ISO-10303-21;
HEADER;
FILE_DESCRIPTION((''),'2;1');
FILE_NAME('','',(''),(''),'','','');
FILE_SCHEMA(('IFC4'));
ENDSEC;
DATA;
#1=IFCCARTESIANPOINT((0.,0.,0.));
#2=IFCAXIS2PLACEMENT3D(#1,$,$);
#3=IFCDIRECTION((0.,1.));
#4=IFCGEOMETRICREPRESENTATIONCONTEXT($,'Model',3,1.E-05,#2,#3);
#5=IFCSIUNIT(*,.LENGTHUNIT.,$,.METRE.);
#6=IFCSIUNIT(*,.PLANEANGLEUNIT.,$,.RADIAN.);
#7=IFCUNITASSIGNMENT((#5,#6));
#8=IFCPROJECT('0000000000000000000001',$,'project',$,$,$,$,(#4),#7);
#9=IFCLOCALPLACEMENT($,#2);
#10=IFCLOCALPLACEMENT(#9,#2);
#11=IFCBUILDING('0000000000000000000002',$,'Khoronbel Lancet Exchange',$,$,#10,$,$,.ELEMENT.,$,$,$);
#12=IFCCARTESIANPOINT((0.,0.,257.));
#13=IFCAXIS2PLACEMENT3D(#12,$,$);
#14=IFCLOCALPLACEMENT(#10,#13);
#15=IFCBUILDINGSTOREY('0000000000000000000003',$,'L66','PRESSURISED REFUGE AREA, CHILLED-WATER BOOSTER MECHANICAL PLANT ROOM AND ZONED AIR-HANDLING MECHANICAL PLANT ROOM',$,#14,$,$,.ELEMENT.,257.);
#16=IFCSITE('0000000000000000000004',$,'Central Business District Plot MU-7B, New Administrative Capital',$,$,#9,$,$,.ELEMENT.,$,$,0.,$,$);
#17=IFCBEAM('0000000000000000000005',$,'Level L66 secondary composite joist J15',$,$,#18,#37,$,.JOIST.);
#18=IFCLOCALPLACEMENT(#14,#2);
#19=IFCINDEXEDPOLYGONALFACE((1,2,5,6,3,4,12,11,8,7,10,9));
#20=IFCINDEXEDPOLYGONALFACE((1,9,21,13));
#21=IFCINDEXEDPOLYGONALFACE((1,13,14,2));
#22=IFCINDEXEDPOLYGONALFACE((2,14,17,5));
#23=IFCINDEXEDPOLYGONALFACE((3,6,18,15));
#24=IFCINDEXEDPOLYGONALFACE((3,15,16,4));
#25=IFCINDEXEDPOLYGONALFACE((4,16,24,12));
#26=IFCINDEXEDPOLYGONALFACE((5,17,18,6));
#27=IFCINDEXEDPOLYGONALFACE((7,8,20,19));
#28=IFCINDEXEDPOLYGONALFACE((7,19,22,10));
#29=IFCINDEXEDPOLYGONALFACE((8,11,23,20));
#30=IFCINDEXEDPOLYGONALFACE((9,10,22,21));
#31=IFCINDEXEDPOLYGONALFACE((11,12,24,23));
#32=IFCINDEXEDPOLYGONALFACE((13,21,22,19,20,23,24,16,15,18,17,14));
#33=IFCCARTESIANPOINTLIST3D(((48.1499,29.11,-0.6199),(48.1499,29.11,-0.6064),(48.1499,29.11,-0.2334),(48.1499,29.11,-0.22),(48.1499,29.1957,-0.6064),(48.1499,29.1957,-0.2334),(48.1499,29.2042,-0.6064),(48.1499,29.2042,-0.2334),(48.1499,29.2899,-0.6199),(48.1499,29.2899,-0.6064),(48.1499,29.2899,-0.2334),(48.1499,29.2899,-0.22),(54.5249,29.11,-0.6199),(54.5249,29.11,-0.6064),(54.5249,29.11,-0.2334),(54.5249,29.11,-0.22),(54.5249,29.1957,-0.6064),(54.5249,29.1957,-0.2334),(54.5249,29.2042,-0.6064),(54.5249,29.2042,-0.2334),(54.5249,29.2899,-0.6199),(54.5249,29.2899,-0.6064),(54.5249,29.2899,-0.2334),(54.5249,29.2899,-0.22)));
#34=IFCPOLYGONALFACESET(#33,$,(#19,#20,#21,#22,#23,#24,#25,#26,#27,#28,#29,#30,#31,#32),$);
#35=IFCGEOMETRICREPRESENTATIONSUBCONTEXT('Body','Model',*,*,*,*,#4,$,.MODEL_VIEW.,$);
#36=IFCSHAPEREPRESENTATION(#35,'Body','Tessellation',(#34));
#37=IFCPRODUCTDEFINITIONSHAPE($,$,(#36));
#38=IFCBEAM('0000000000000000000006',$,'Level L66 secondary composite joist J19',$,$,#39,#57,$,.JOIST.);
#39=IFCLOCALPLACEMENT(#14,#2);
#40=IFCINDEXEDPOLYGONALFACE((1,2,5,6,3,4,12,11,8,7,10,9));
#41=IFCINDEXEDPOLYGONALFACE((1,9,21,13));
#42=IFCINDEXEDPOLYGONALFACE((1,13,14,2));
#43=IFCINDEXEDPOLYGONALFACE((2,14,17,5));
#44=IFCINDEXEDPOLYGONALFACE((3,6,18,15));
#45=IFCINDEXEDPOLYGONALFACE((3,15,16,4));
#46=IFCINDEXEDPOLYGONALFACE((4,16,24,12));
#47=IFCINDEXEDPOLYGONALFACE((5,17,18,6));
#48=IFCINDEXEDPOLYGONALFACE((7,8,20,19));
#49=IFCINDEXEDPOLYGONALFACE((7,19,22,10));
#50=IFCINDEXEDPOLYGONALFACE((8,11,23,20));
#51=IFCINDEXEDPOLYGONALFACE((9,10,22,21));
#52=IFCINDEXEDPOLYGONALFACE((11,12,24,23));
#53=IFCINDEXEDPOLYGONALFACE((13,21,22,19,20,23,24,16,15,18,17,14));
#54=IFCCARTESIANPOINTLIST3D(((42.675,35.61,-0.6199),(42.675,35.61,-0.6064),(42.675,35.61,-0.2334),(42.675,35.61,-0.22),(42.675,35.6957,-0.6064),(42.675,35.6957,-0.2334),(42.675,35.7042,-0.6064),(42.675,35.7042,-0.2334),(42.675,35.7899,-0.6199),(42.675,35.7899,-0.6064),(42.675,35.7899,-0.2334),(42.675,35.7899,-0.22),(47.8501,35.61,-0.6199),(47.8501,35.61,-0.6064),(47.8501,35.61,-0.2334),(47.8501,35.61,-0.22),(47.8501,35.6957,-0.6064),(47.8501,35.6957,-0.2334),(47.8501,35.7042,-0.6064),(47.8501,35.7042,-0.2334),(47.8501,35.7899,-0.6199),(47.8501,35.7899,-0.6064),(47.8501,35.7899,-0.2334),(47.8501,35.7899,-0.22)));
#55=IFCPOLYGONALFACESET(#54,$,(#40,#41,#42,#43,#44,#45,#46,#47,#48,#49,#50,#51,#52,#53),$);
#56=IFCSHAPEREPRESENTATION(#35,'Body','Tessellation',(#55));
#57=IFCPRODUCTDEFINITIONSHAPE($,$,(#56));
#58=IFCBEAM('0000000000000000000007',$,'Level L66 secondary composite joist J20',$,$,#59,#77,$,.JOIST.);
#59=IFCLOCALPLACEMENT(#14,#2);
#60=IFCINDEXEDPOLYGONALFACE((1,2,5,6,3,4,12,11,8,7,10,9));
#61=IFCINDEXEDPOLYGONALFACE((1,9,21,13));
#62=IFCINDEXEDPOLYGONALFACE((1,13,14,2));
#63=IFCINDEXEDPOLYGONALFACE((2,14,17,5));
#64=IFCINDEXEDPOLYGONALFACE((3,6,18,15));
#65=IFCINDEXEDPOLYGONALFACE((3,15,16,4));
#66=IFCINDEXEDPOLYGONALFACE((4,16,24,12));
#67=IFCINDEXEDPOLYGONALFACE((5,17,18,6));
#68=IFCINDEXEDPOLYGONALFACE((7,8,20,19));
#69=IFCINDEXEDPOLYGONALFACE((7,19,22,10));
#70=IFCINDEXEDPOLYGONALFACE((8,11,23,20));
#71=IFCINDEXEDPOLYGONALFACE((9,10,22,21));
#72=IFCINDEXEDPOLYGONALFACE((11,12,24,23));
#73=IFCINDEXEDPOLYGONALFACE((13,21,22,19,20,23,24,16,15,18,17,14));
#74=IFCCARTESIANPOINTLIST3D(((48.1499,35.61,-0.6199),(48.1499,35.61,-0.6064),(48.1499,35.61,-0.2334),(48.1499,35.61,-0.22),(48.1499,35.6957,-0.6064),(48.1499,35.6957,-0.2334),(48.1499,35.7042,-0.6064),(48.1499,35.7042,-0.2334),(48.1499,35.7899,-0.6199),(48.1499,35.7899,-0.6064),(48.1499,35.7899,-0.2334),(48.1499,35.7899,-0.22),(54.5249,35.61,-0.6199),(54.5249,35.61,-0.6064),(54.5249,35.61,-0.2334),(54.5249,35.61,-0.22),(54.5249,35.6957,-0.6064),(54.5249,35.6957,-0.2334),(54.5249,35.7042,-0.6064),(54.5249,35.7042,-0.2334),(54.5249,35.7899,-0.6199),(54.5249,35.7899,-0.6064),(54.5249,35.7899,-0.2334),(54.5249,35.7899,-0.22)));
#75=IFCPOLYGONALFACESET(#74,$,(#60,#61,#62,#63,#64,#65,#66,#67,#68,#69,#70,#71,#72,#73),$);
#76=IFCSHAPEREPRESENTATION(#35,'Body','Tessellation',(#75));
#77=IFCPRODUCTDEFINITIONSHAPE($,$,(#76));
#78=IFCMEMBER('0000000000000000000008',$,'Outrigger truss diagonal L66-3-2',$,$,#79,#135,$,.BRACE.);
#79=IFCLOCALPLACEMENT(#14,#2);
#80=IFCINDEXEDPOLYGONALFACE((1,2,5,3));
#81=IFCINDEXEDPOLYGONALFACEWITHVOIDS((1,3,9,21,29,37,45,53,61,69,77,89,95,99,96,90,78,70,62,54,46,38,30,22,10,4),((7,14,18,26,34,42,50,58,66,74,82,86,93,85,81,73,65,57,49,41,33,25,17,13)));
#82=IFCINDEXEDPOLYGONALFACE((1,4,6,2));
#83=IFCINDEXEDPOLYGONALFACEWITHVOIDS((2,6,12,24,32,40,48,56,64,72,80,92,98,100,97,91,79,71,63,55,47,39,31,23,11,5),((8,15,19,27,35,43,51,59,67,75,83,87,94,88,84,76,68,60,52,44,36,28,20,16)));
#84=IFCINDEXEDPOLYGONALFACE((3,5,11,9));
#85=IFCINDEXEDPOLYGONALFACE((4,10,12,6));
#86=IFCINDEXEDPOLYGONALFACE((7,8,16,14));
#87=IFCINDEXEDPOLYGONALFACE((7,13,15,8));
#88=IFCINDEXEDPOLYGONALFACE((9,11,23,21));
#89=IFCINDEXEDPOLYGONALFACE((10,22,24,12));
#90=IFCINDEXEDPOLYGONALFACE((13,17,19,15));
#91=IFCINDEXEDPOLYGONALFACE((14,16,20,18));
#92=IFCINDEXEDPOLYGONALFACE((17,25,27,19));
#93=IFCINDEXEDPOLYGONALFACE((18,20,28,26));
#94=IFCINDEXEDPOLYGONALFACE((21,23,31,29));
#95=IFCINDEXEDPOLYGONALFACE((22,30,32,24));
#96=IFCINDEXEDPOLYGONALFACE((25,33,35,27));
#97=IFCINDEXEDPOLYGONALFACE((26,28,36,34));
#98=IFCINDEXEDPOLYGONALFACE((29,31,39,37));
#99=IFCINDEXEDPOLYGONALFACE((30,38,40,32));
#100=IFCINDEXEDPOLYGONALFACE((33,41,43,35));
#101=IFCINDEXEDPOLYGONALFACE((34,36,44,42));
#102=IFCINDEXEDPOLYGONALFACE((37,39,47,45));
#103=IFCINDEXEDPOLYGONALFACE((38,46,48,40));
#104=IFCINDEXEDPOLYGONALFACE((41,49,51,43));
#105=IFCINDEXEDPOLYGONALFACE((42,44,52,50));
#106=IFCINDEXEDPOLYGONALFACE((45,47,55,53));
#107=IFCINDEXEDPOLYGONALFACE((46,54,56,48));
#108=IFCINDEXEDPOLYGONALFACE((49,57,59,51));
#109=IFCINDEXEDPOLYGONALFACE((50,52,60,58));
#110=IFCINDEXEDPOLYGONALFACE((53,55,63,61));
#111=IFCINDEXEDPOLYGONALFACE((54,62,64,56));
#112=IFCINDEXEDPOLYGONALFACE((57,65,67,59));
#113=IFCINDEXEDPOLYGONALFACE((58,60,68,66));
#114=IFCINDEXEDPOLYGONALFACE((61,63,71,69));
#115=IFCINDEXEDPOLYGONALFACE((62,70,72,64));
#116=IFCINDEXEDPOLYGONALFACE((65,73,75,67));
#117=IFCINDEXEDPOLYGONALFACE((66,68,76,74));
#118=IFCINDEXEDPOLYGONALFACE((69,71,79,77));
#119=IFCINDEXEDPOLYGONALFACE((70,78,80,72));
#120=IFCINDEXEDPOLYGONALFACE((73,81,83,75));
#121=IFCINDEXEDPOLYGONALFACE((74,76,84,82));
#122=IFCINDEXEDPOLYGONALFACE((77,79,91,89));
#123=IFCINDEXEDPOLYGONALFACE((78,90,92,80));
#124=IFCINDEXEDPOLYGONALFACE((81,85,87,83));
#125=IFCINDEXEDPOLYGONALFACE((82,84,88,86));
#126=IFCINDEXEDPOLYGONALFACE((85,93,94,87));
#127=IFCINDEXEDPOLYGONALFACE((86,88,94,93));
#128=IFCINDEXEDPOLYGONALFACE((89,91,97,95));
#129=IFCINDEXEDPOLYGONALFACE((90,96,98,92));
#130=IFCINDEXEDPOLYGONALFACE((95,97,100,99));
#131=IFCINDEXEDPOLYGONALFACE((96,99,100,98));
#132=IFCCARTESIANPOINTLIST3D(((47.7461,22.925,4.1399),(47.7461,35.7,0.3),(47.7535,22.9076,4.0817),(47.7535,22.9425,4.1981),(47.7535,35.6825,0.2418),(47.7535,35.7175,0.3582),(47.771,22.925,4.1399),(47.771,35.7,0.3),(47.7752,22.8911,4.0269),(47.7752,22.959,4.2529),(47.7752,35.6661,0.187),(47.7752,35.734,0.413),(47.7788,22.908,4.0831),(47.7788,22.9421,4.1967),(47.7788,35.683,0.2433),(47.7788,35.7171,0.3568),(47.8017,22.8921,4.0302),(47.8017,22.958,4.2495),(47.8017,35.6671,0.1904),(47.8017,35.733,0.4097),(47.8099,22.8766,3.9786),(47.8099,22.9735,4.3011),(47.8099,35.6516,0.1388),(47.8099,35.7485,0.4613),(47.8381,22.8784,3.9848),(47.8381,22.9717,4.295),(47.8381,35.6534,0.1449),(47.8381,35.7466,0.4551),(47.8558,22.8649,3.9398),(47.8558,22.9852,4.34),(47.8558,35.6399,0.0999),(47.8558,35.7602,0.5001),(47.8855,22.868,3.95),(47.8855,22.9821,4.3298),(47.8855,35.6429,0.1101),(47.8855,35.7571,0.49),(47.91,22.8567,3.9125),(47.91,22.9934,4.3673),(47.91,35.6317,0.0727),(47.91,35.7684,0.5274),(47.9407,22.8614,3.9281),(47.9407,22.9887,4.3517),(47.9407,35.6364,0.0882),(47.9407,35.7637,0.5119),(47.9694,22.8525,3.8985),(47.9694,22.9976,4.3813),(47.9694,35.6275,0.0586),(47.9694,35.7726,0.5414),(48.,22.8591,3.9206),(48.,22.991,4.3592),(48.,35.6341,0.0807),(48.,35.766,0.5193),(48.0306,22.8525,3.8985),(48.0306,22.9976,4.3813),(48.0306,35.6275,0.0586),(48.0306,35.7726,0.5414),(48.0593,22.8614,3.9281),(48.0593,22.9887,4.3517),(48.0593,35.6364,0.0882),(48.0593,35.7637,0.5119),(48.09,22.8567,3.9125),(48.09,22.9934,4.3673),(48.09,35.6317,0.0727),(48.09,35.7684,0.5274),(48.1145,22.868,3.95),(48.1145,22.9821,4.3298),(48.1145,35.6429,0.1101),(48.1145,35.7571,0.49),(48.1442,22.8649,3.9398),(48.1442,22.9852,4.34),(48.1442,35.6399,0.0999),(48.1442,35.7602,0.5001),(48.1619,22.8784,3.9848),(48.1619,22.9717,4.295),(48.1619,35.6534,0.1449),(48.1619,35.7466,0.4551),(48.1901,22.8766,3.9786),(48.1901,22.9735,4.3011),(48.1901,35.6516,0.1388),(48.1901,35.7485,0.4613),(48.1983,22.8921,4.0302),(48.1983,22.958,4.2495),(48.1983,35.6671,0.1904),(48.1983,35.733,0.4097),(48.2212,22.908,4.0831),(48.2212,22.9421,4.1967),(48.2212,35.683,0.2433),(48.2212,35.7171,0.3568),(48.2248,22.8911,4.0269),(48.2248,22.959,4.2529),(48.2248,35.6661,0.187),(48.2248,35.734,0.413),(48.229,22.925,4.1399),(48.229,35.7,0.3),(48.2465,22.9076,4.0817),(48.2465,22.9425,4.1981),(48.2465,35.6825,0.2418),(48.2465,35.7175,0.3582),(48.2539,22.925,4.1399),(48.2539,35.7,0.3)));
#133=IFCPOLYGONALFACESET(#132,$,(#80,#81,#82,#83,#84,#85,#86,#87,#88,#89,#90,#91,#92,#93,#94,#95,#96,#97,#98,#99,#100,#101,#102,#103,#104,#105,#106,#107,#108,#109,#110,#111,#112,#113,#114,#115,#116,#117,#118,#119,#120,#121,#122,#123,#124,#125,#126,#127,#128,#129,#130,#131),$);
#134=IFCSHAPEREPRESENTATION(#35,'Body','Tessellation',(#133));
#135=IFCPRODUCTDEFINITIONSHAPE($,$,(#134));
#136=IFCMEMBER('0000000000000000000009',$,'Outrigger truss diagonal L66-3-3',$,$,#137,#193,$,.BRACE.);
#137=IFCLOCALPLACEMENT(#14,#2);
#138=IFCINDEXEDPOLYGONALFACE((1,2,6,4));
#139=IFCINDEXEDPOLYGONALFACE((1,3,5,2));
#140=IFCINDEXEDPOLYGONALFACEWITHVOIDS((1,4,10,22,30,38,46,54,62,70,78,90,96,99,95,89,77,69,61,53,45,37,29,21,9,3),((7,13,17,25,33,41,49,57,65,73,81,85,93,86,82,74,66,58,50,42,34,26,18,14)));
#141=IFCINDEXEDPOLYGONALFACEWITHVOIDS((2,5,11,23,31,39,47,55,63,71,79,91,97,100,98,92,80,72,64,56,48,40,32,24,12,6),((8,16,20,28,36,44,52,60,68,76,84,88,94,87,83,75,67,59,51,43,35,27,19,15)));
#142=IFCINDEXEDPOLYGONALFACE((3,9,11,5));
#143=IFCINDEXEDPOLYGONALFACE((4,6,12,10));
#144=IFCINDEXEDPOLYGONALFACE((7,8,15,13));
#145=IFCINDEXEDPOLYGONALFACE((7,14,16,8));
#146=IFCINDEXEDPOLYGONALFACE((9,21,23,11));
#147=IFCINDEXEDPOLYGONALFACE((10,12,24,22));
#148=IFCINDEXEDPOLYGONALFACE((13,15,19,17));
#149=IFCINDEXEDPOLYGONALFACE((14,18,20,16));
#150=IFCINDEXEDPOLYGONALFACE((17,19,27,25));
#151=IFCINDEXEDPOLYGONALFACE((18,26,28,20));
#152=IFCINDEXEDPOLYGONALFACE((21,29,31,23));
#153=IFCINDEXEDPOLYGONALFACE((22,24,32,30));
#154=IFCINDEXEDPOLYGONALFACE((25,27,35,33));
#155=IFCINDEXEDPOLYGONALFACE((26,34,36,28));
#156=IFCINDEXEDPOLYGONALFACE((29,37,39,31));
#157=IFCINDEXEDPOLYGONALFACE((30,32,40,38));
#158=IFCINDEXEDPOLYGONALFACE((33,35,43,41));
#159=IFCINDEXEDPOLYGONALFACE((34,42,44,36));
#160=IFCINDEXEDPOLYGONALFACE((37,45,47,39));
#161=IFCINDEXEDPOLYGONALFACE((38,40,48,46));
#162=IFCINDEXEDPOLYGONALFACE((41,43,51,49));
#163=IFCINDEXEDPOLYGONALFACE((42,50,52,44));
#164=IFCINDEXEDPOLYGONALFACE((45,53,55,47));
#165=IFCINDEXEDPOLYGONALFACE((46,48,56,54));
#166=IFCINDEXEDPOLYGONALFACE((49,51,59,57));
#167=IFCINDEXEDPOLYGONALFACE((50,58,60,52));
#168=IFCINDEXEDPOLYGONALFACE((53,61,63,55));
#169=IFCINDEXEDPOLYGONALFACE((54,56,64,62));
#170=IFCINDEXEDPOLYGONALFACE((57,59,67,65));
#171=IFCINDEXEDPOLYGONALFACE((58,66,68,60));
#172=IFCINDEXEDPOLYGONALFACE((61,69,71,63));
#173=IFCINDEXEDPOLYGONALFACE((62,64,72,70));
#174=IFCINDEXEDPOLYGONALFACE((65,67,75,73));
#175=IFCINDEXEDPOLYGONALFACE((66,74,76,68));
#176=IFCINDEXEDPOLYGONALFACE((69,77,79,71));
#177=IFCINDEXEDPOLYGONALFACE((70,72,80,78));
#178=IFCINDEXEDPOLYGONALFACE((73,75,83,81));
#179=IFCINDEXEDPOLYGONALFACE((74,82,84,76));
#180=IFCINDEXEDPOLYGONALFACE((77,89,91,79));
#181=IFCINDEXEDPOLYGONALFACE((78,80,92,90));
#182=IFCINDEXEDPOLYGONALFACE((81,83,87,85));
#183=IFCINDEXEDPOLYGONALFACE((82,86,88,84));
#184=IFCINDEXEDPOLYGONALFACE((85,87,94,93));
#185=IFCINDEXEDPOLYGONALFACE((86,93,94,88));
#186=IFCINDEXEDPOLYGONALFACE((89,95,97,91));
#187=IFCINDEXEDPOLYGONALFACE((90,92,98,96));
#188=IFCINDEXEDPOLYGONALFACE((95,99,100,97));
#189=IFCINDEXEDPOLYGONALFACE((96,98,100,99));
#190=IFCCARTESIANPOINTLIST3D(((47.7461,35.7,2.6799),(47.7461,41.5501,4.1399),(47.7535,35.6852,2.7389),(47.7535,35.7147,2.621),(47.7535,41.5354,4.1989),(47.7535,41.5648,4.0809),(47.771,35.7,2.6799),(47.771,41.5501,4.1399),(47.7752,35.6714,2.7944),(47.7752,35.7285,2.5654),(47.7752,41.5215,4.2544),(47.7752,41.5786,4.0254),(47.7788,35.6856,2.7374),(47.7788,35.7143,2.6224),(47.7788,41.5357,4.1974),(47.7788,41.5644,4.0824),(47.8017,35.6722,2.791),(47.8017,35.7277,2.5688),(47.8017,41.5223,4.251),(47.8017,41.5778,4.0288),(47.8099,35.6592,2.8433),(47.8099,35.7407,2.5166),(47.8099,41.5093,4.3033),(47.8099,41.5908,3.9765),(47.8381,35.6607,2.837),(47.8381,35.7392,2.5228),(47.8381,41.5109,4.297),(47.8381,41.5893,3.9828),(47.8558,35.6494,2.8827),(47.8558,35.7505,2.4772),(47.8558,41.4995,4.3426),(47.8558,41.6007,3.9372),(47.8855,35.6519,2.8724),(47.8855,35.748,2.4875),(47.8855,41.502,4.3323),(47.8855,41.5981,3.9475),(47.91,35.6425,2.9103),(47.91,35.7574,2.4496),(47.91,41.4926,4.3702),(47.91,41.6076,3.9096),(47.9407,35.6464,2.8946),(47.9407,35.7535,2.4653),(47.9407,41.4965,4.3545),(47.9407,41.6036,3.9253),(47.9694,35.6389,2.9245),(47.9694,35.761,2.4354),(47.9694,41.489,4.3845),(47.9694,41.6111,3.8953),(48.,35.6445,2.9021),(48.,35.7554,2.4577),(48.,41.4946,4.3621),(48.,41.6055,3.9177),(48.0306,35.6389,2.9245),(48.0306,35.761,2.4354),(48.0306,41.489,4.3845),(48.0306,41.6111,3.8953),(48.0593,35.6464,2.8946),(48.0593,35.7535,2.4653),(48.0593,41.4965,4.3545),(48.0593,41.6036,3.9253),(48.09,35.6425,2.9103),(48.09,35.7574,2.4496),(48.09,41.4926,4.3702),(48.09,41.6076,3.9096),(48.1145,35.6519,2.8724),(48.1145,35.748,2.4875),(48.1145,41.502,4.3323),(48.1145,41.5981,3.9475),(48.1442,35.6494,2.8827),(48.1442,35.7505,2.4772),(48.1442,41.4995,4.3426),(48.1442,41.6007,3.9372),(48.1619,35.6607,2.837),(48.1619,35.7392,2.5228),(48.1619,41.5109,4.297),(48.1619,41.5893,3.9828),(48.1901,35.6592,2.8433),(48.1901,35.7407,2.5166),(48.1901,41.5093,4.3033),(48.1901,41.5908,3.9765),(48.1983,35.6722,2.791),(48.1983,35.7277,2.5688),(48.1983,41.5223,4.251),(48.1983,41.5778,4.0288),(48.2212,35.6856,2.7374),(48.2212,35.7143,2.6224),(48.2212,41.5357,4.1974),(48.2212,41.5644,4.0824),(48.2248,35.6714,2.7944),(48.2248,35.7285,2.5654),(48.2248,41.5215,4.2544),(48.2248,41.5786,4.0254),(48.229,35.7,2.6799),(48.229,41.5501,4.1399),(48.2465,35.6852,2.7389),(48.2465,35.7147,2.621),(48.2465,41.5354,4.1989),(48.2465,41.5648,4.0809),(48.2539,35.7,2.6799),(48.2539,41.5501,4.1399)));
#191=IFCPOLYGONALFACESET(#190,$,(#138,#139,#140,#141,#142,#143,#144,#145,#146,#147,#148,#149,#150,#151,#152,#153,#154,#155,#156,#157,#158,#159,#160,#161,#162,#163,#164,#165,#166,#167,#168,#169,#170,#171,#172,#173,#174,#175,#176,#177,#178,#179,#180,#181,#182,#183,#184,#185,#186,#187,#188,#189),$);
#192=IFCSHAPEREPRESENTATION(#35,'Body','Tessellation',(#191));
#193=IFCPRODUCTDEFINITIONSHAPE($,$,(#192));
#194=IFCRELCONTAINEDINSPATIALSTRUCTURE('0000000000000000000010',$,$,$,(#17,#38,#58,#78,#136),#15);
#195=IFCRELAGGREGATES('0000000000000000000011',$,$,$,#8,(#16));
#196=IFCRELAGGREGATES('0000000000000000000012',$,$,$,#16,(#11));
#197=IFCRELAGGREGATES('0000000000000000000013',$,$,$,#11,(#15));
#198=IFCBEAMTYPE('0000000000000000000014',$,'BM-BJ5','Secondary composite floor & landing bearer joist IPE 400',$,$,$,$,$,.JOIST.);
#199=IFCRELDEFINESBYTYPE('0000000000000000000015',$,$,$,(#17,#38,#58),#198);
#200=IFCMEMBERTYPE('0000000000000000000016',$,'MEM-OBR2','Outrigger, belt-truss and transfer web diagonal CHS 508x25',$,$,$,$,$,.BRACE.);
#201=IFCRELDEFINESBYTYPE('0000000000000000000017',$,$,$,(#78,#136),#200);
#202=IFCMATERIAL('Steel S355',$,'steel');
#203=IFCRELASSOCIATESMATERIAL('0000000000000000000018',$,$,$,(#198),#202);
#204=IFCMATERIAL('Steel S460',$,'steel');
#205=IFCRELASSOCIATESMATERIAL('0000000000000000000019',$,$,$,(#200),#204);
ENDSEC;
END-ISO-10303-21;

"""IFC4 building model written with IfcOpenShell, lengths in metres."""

from ifc_helpers import new_model, si_unit, direction, frame, origin, origin_2d, place, context, subcontext, project, spatial, hollow_circle, i_section, extrude, material, material_profile, profile_set, type_object, element, save


model = new_model("IFC4")

# Units and contexts
model_context = context("Model", 3, precision=1e-05, world=origin(), true_north=direction((0.0, 1.0)))
body_context = subcontext(model_context, "Body", "Model", "MODEL_VIEW")
ifc_project = project(units=[si_unit("LENGTHUNIT", "METRE"), si_unit("PLANEANGLEUNIT", "RADIAN")], contexts=[model_context])

# Site, building, storey
site_placement = place(None, origin())
site = spatial("IfcSite", under=ifc_project, at=site_placement, Name="Central Business District Plot MU-7B, New Administrative Capital", CompositionType="ELEMENT", RefElevation=0.0)
building_placement = place(site_placement, origin())
building = spatial("IfcBuilding", under=site, at=building_placement, Name="Khoronbel Lancet Exchange", CompositionType="ELEMENT")
storey_placement = place(building_placement, frame((0.0, 0.0, 257.0)))
storey = spatial("IfcBuildingStorey", under=building, at=storey_placement, Name="L66", Description="PRESSURISED REFUGE AREA, CHILLED-WATER BOOSTER MECHANICAL PLANT ROOM AND ZONED AIR-HANDLING MECHANICAL PLANT ROOM", CompositionType="ELEMENT", Elevation=257.0)

# Shared definitions
ifc_material_1 = material(Name="Steel S355", Category="steel")

# Beams
ifc_material_profile_1 = material_profile(ifc_material_1, i_section(OverallWidth=0.1799, OverallDepth=0.3999, WebThickness=0.0085, FlangeThickness=0.0134, at=origin_2d()), Name="IPE 400")
ifc_profile_set_1 = profile_set([ifc_material_profile_1], Name="Steel S355")
beam_type_1 = type_object("IfcBeamType", Name="BM-BJ5", Description="Secondary composite floor & landing bearer joist IPE 400", PredefinedType="JOIST", material=ifc_profile_set_1)
beam_1_placement = place(storey_placement, frame((48.1499, 29.2, -0.4199), z_axis=(1.0, 0.0, 0.0), x_axis=(0.0, 1.0, 0.0)))
element("IfcBeam", 1, at=beam_1_placement, inside=storey, type_object=beam_type_1, Name="Level L66 secondary composite joist J15", PredefinedType="JOIST", context=body_context, shape_type="SweptSolid", body=[
    extrude(i_section(OverallWidth=0.1799, OverallDepth=0.3999, WebThickness=0.0085, FlangeThickness=0.0134, at=origin_2d()), origin(), (0.0, 0.0, 1.0), 6.375),
])
beam_2_placement = place(storey_placement, frame((42.675, 35.7, -0.4199), z_axis=(1.0, 0.0, 0.0), x_axis=(0.0, 1.0, 0.0)))
element("IfcBeam", 2, at=beam_2_placement, inside=storey, type_object=beam_type_1, Name="Level L66 secondary composite joist J19", PredefinedType="JOIST", context=body_context, shape_type="SweptSolid", body=[
    extrude(i_section(OverallWidth=0.1799, OverallDepth=0.3999, WebThickness=0.0085, FlangeThickness=0.0134, at=origin_2d()), origin(), (0.0, 0.0, 1.0), 5.175),
])
beam_3_placement = place(storey_placement, frame((48.1499, 35.7, -0.4199), z_axis=(1.0, 0.0, 0.0), x_axis=(0.0, 1.0, 0.0)))
element("IfcBeam", 3, at=beam_3_placement, inside=storey, type_object=beam_type_1, Name="Level L66 secondary composite joist J20", PredefinedType="JOIST", context=body_context, shape_type="SweptSolid", body=[
    extrude(i_section(OverallWidth=0.1799, OverallDepth=0.3999, WebThickness=0.0085, FlangeThickness=0.0134, at=origin_2d()), origin(), (0.0, 0.0, 1.0), 6.375),
])

# Members
ifc_material_2 = material(Name="Steel S460", Category="steel")
ifc_material_profile_2 = material_profile(ifc_material_2, hollow_circle(Radius=0.2539, WallThickness=0.0249, at=origin_2d()), Name="CHS 508x25")
ifc_profile_set_2 = profile_set([ifc_material_profile_2], Name="Steel S460")
member_type_1 = type_object("IfcMemberType", Name="MEM-OBR2", Description="Outrigger, belt-truss and transfer web diagonal CHS 508x25", PredefinedType="BRACE", material=ifc_profile_set_2)
member_1_placement = place(storey_placement, frame((48.0, 22.925, 4.1399), z_axis=(0.0, 0.957674, -0.287855), x_axis=(-1.0, 0.0, 0.0)))
element("IfcMember", 4, at=member_1_placement, inside=storey, type_object=member_type_1, Name="Outrigger truss diagonal L66-3-2", PredefinedType="BRACE", context=body_context, shape_type="SweptSolid", body=[
    extrude(hollow_circle(Radius=0.2539, WallThickness=0.0249, at=origin_2d()), origin(), (0.0, 0.0, 1.0), 13.3396),
])
member_2_placement = place(storey_placement, frame((48.0, 35.7, 2.6799), z_axis=(0.0, 0.970242, 0.242135), x_axis=(-1.0, 0.0, 0.0)))
element("IfcMember", 5, at=member_2_placement, inside=storey, type_object=member_type_1, Name="Outrigger truss diagonal L66-3-3", PredefinedType="BRACE", context=body_context, shape_type="SweptSolid", body=[
    extrude(hollow_circle(Radius=0.2539, WallThickness=0.0249, at=origin_2d()), origin(), (0.0, 0.0, 1.0), 6.0295),
])

save(model, "model.ifc")
